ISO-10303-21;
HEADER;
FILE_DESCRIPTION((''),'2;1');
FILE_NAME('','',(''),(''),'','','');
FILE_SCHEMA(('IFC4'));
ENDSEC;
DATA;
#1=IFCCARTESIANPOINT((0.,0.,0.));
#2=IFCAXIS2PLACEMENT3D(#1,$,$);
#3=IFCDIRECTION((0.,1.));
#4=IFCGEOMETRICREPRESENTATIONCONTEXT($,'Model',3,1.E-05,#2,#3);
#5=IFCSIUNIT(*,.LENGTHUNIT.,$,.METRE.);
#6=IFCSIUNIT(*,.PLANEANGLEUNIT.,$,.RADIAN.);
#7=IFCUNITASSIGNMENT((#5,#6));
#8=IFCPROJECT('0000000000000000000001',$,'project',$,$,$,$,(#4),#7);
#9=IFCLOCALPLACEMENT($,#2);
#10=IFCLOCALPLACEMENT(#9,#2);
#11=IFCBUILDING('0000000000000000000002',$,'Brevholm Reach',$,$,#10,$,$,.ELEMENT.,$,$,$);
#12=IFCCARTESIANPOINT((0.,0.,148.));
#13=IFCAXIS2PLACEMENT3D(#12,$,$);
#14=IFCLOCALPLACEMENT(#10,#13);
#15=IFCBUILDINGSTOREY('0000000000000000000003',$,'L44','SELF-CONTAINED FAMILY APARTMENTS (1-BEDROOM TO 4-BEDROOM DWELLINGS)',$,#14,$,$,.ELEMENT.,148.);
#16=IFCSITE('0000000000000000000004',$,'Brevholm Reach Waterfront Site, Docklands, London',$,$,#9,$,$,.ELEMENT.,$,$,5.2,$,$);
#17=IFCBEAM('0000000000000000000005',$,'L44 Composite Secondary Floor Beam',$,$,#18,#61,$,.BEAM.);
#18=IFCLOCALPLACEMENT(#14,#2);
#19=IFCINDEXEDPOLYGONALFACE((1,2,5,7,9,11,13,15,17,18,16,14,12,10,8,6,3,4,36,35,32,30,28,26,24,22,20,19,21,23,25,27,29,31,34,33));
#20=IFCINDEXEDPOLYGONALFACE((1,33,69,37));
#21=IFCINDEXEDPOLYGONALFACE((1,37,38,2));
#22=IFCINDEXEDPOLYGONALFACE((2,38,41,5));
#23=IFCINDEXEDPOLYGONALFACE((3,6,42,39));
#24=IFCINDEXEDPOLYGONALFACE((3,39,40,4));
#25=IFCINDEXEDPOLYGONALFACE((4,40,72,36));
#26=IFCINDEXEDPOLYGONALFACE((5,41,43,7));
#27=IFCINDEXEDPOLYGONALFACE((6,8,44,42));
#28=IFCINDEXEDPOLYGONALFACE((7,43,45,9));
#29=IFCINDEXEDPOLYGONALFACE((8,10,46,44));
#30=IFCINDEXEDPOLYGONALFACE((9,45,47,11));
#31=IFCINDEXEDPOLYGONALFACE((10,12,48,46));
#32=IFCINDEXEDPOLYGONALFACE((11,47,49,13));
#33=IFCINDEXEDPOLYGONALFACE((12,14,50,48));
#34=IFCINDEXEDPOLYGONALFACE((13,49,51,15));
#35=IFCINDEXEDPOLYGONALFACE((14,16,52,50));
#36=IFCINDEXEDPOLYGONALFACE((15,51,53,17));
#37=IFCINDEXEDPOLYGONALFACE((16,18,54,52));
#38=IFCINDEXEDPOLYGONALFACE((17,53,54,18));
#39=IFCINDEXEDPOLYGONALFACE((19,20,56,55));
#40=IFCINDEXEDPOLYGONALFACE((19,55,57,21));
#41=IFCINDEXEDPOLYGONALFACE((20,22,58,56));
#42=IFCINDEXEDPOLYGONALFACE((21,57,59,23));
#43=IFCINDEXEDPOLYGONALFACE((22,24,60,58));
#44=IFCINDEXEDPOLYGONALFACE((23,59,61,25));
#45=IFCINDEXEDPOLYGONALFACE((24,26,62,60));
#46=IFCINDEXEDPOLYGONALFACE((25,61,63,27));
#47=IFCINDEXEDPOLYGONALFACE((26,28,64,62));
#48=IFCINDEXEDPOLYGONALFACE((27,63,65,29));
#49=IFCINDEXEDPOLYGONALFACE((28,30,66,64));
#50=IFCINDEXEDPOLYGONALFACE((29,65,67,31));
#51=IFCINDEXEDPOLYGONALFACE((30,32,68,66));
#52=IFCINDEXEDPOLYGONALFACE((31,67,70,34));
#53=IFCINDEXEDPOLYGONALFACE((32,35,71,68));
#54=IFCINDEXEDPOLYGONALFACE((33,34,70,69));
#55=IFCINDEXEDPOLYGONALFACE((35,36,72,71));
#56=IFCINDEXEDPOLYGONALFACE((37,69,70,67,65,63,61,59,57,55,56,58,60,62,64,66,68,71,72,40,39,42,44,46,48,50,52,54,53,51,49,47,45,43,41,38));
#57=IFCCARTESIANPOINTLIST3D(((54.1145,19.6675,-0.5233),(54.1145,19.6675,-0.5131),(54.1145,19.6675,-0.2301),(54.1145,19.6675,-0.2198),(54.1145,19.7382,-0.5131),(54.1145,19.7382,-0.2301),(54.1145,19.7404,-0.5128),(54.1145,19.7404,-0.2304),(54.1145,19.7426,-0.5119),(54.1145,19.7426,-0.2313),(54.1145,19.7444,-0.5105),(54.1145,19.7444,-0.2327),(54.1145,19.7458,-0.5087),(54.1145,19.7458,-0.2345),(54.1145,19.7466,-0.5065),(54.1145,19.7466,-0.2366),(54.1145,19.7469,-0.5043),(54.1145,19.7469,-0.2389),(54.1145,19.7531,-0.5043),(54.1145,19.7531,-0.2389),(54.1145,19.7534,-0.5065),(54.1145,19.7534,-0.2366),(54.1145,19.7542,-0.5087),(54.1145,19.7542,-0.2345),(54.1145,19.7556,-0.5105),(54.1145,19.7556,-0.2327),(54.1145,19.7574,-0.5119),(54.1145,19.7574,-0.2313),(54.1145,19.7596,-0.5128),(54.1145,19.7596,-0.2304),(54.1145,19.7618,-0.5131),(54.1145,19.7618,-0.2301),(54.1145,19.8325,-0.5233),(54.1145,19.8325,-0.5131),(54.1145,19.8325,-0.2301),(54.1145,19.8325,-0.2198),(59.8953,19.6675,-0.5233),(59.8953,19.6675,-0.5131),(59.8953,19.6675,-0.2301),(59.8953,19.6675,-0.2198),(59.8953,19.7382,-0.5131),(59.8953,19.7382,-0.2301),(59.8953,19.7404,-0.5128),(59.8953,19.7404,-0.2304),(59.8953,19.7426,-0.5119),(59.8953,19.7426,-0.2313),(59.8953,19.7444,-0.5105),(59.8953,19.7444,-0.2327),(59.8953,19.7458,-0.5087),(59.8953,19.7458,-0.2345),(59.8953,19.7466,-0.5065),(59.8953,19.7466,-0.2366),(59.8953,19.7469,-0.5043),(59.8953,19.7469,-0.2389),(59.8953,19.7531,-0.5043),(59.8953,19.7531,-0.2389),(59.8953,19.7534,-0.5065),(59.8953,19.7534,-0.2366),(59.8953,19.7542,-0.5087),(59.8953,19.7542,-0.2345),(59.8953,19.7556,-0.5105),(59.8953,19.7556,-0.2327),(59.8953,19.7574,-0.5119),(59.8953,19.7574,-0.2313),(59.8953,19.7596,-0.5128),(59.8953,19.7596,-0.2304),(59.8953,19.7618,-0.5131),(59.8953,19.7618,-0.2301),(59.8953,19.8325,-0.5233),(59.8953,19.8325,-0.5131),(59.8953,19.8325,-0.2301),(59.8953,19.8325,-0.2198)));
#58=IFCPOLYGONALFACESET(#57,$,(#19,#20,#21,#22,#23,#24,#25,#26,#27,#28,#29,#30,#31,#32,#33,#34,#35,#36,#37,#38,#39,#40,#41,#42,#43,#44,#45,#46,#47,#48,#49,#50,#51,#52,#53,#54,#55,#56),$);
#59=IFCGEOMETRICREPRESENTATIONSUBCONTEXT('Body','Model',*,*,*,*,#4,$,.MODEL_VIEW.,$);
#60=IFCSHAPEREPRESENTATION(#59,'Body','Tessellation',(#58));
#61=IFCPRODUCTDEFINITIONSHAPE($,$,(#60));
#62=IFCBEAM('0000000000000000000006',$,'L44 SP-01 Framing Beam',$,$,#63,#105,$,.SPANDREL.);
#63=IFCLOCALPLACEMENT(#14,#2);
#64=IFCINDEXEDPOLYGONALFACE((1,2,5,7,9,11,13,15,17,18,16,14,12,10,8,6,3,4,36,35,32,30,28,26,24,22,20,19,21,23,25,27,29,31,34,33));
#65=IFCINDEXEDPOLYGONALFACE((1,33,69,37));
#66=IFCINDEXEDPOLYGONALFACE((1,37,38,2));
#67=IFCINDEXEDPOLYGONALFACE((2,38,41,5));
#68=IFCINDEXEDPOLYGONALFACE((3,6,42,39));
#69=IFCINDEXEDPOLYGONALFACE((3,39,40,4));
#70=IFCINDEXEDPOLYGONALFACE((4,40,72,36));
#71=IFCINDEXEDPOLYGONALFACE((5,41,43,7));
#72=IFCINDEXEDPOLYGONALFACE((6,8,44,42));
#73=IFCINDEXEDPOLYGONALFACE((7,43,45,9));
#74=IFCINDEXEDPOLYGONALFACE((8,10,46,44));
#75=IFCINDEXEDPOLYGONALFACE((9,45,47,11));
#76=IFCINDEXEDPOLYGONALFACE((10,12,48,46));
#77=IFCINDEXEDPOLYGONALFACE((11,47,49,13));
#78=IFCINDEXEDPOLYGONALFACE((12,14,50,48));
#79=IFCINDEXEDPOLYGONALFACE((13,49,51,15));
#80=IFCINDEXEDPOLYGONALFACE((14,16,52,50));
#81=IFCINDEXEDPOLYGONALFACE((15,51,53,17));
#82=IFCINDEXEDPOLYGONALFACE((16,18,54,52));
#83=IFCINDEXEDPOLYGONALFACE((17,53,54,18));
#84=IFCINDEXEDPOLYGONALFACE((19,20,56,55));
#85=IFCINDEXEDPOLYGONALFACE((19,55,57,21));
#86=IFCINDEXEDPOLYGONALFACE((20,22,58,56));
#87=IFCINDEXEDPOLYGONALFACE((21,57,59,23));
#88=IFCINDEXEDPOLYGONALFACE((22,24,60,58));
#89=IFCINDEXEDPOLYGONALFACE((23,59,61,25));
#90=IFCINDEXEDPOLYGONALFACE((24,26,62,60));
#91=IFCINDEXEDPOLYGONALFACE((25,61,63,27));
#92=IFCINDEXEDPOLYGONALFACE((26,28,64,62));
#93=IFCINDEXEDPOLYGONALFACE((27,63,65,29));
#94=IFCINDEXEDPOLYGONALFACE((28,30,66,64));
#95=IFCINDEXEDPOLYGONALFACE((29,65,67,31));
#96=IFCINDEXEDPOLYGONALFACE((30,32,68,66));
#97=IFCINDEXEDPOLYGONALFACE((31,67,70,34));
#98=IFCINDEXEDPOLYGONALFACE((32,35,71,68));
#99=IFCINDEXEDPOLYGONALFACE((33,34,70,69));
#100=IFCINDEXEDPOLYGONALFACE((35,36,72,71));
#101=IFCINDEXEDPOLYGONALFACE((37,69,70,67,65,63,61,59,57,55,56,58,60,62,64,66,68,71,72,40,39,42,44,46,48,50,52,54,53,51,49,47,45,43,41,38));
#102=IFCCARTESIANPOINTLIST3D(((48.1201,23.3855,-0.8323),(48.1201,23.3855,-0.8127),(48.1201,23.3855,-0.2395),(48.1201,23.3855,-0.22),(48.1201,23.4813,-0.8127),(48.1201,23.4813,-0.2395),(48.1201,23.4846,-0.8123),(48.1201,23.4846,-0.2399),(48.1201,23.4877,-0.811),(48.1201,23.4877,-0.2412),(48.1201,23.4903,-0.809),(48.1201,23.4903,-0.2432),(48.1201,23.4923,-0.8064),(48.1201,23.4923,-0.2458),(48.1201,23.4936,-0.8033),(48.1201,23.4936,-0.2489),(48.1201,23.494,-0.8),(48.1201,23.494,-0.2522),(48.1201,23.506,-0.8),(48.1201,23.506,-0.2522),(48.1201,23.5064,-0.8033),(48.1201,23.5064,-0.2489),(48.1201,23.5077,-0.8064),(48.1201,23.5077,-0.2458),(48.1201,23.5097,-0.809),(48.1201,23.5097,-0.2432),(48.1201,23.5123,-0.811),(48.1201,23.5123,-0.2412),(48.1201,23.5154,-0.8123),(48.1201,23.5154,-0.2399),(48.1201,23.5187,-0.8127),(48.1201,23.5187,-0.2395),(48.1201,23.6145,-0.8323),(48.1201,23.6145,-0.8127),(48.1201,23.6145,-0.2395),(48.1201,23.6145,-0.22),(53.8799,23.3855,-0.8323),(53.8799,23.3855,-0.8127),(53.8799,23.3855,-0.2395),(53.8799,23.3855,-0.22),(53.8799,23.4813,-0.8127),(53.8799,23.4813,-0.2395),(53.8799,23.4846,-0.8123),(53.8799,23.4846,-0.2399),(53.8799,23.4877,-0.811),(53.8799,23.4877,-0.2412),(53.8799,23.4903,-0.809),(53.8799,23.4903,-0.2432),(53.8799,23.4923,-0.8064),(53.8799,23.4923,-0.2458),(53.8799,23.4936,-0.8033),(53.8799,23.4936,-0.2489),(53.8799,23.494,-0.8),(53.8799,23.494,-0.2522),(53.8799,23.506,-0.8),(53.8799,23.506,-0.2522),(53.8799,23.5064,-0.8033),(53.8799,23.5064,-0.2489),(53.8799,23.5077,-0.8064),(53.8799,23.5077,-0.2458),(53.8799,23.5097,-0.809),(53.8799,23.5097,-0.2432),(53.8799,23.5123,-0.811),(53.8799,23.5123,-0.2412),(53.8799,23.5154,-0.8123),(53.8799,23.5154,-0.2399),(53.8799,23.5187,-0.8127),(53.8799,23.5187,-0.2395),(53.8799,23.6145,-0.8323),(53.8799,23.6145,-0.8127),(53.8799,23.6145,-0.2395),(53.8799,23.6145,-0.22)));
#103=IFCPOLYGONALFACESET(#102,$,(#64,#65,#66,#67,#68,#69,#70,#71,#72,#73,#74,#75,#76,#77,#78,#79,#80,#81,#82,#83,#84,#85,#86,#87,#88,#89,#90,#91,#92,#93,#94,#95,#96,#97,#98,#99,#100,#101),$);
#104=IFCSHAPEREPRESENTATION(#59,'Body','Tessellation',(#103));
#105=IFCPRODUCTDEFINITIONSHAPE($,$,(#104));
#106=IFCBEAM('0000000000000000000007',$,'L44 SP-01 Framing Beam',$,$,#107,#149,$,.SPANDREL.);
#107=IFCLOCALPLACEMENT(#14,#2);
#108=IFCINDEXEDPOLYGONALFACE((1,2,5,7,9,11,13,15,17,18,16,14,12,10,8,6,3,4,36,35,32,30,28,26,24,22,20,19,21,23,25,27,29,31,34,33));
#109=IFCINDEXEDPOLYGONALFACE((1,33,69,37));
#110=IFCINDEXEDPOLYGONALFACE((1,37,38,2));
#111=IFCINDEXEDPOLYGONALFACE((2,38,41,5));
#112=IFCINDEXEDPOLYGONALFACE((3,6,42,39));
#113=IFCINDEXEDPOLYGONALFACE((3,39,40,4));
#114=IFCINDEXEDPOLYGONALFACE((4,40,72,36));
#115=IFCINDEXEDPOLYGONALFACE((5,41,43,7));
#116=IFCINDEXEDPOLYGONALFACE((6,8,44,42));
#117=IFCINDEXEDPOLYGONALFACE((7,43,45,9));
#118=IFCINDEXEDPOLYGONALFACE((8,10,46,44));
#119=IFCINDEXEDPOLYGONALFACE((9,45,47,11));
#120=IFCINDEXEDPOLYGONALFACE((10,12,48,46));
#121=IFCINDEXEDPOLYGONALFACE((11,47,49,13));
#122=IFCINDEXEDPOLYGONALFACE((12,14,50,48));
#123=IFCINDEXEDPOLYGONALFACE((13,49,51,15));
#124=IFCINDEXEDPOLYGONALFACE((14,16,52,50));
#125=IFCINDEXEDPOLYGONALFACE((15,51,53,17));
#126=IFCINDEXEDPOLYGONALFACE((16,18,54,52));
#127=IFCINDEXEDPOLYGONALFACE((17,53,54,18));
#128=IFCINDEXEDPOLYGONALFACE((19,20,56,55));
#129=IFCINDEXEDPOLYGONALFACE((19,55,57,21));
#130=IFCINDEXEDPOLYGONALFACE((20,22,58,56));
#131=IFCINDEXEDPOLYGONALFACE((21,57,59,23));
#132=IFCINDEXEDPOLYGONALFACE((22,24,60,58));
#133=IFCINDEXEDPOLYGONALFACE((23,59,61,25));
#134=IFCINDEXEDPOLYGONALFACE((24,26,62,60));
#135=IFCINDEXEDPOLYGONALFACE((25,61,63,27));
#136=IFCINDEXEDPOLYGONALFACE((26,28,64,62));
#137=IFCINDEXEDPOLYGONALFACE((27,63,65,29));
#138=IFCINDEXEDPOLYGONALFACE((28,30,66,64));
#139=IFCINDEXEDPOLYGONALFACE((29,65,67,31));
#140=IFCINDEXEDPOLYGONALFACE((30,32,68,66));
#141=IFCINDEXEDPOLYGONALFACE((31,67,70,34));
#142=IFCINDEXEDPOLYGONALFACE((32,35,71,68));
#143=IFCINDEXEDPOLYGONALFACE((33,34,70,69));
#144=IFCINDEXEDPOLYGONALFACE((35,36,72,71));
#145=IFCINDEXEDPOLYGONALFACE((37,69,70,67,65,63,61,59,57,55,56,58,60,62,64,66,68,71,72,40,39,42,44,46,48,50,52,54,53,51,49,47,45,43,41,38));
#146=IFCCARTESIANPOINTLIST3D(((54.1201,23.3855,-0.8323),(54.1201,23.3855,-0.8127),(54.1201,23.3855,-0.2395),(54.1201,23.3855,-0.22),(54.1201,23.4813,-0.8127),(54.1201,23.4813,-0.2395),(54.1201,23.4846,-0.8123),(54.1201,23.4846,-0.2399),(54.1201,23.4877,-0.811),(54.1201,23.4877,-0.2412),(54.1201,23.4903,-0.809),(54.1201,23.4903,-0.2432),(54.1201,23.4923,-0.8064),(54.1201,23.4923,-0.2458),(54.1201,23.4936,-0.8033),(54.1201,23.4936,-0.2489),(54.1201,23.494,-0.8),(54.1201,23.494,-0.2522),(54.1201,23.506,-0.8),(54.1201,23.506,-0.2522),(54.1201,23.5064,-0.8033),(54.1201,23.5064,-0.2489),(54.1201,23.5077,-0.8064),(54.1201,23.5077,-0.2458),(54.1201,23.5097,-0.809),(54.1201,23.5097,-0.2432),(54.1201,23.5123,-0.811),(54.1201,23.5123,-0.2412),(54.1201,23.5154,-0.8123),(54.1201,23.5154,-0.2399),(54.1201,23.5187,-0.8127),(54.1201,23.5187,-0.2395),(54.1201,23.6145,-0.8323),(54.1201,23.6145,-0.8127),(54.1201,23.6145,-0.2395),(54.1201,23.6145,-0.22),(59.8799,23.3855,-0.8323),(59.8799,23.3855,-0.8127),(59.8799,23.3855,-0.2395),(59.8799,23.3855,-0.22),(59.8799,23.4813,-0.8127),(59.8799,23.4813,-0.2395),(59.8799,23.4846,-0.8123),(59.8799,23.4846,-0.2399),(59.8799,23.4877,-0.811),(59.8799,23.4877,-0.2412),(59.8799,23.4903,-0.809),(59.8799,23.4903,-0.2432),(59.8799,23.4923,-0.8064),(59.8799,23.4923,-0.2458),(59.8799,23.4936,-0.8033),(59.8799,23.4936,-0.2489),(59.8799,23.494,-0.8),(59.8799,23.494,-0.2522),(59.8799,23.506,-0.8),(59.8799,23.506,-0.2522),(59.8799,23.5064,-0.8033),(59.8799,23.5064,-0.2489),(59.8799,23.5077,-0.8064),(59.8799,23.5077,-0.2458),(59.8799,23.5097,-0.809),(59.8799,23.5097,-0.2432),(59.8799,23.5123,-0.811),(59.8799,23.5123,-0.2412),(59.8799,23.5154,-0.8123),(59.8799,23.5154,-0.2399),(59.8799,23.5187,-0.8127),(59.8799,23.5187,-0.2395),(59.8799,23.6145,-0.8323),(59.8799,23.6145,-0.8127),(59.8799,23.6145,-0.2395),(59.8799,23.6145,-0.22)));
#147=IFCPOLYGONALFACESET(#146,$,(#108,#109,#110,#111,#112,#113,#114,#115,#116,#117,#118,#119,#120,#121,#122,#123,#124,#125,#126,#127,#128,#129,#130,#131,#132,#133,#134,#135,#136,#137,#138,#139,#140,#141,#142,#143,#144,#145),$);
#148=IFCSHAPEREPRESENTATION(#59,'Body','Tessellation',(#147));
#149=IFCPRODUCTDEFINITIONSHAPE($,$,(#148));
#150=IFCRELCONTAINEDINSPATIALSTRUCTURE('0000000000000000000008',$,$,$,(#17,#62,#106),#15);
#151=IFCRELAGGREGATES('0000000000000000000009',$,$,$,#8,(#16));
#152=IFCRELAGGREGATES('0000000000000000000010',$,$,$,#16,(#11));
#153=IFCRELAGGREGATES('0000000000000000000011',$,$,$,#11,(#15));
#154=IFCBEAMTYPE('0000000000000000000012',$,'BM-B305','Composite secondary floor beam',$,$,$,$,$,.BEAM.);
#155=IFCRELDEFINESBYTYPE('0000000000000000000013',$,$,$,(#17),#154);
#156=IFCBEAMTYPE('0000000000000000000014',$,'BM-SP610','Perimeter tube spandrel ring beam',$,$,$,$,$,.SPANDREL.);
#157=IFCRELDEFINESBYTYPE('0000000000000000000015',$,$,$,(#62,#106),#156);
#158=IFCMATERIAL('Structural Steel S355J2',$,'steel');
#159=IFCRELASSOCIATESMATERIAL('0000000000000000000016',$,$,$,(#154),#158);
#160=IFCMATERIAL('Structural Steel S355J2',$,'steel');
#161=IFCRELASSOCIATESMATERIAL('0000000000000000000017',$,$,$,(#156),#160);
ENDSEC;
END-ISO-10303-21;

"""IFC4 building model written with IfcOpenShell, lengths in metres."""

from ifc_helpers import new_model, si_unit, direction, frame, origin, origin_2d, place, context, subcontext, project, spatial, i_section, extrude, material, material_profile, profile_set, type_object, element, save


model = new_model("IFC4")

# Units and contexts
model_context = context("Model", 3, precision=1e-05, world=origin(), true_north=direction((0.0, 1.0)))
body_context = subcontext(model_context, "Body", "Model", "MODEL_VIEW")
ifc_project = project(units=[si_unit("LENGTHUNIT", "METRE"), si_unit("PLANEANGLEUNIT", "RADIAN")], contexts=[model_context])

# Site, building, storey
site_placement = place(None, origin())
site = spatial("IfcSite", under=ifc_project, at=site_placement, Name="Brevholm Reach Waterfront Site, Docklands, London", CompositionType="ELEMENT", RefElevation=5.2)
building_placement = place(site_placement, origin())
building = spatial("IfcBuilding", under=site, at=building_placement, Name="Brevholm Reach", CompositionType="ELEMENT")
storey_placement = place(building_placement, frame((0.0, 0.0, 148.0)))
storey = spatial("IfcBuildingStorey", under=building, at=storey_placement, Name="L44", Description="SELF-CONTAINED FAMILY APARTMENTS (1-BEDROOM TO 4-BEDROOM DWELLINGS)", CompositionType="ELEMENT", Elevation=148.0)

# Beams
ifc_material_1 = material(Name="Structural Steel S355J2", Category="steel")
ifc_material_profile_1 = material_profile(ifc_material_1, i_section(OverallWidth=0.165, OverallDepth=0.3035, WebThickness=0.0061, FlangeThickness=0.0103, FilletRadius=0.0088, at=origin_2d()), Name="UKB 305x165x40")
ifc_profile_set_1 = profile_set([ifc_material_profile_1], Name="Structural Steel S355J2")
beam_type_1 = type_object("IfcBeamType", Name="BM-B305", Description="Composite secondary floor beam", PredefinedType="BEAM", material=ifc_profile_set_1)
beam_1_placement = place(storey_placement, frame((54.1145, 19.75, -0.3716), z_axis=(1.0, 0.0, 0.0), x_axis=(0.0, 1.0, 0.0)))
element("IfcBeam", 1, at=beam_1_placement, inside=storey, type_object=beam_type_1, Name="L44 Composite Secondary Floor Beam", PredefinedType="BEAM", context=body_context, shape_type="SweptSolid", body=[
    extrude(i_section(OverallWidth=0.165, OverallDepth=0.3035, WebThickness=0.0061, FlangeThickness=0.0103, FilletRadius=0.0088, at=origin_2d()), origin(), (0.0, 0.0, 1.0), 5.7808),
])
ifc_material_2 = material(Name="Structural Steel S355J2", Category="steel")
ifc_material_profile_2 = material_profile(ifc_material_2, i_section(OverallWidth=0.229, OverallDepth=0.6123, WebThickness=0.012, FlangeThickness=0.0195, FilletRadius=0.0127, at=origin_2d()), Name="UKB 610x229x125")
ifc_profile_set_2 = profile_set([ifc_material_profile_2], Name="Structural Steel S355J2")
beam_type_2 = type_object("IfcBeamType", Name="BM-SP610", Description="Perimeter tube spandrel ring beam", PredefinedType="SPANDREL", material=ifc_profile_set_2)
for number, where, z_axis, x_axis, name in (
    (2, (48.1201, 23.5, -0.5261), (1.0, 0.0, 0.0), (0.0, 1.0, 0.0), "L44 SP-01 Framing Beam"),
    (3, (54.1201, 23.5, -0.5261), (1.0, 0.0, 0.0), (0.0, 1.0, 0.0), "L44 SP-01 Framing Beam"),
):
    element("IfcBeam", number, at=place(storey_placement, frame(where, z_axis=z_axis, x_axis=x_axis)), inside=storey, type_object=beam_type_2, Name=name, PredefinedType="SPANDREL", context=body_context, shape_type="SweptSolid", body=[
        extrude(i_section(OverallWidth=0.229, OverallDepth=0.6123, WebThickness=0.012, FlangeThickness=0.0195, FilletRadius=0.0127, at=origin_2d()), origin(), (0.0, 0.0, 1.0), 5.7598),
    ])

save(model, "model.ifc")
